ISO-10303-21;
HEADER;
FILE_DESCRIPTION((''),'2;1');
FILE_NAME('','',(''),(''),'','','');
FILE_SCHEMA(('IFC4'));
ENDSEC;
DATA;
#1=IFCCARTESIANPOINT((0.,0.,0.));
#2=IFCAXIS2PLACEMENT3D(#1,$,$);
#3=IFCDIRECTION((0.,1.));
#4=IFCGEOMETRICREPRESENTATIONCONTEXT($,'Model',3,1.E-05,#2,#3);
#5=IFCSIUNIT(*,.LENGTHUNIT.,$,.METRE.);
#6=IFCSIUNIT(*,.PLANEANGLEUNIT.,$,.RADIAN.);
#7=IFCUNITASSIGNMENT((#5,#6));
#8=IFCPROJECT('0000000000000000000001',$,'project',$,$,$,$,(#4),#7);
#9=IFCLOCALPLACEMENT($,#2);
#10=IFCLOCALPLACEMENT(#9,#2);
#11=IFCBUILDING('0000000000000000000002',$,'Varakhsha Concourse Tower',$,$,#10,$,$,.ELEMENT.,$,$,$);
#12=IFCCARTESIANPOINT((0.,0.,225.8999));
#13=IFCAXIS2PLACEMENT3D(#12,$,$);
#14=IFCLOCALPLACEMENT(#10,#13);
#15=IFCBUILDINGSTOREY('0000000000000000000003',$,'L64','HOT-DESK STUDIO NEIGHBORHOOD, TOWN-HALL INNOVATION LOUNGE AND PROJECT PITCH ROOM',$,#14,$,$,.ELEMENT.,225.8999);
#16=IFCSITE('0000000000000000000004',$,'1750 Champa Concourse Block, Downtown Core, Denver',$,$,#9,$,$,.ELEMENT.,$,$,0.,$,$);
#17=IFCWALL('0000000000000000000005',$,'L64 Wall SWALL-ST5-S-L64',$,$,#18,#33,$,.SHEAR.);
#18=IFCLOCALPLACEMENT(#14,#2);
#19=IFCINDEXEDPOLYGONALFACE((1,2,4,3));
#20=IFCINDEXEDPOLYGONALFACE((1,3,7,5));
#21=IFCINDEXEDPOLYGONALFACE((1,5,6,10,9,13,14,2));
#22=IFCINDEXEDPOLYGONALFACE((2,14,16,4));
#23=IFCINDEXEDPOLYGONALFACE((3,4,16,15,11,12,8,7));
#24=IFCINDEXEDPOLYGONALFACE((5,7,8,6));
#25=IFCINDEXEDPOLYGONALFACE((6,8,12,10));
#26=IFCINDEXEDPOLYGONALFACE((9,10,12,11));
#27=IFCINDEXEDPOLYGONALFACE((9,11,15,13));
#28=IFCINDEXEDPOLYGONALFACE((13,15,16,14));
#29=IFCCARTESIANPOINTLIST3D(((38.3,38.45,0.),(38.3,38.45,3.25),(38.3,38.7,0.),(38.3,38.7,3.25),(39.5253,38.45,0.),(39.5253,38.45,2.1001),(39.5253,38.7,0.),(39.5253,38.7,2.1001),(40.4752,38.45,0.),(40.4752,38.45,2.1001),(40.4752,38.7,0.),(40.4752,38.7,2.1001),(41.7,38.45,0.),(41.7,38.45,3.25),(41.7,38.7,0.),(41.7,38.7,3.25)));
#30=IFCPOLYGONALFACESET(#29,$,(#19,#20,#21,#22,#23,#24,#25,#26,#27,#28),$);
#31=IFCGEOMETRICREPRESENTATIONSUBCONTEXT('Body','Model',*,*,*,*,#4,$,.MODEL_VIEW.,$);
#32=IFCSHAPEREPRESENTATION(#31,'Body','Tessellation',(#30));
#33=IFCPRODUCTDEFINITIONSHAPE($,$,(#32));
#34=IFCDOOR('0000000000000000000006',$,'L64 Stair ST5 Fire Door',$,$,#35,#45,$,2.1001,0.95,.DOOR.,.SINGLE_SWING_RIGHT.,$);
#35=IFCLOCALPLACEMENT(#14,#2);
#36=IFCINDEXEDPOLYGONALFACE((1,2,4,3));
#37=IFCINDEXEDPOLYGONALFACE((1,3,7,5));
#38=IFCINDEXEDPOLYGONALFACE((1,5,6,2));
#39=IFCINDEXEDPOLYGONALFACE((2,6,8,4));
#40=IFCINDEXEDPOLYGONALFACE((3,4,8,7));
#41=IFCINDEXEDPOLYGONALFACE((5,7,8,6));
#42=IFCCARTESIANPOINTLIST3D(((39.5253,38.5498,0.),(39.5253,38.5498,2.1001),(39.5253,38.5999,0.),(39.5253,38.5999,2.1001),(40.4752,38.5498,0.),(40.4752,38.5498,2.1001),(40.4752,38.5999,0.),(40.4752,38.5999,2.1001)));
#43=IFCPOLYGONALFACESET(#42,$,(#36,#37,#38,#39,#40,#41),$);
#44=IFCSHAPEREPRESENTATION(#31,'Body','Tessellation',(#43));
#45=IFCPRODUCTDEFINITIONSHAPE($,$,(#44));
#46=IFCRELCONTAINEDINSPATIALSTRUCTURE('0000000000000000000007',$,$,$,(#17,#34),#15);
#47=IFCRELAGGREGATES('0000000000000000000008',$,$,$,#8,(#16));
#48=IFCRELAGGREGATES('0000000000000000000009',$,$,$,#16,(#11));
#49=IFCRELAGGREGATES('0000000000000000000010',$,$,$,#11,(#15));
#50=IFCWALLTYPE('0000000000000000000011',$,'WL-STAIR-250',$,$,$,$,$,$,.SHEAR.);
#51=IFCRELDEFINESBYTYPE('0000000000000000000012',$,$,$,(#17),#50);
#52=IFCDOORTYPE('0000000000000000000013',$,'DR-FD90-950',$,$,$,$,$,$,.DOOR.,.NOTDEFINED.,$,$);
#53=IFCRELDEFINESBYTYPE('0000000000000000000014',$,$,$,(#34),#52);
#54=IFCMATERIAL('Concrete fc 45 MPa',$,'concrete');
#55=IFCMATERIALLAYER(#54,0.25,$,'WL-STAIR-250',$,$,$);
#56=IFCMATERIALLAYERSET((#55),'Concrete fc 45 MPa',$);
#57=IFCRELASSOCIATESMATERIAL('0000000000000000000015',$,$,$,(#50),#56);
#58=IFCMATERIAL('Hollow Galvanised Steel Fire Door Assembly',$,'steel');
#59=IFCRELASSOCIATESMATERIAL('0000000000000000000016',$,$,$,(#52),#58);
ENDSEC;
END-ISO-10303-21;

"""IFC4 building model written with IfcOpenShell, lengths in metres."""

from ifc_helpers import new_model, si_unit, direction, frame, frame_2d, origin, place, context, subcontext, project, spatial, rectangle, extrude, material, layer, layer_set, type_object, element, fill, save


model = new_model("IFC4")

# Units and contexts
model_context = context("Model", 3, precision=1e-05, world=origin(), true_north=direction((0.0, 1.0)))
body_context = subcontext(model_context, "Body", "Model", "MODEL_VIEW")
ifc_project = project(units=[si_unit("LENGTHUNIT", "METRE"), si_unit("PLANEANGLEUNIT", "RADIAN")], contexts=[model_context])

# Site, building, storey
site_placement = place(None, origin())
site = spatial("IfcSite", under=ifc_project, at=site_placement, Name="1750 Champa Concourse Block, Downtown Core, Denver", CompositionType="ELEMENT", RefElevation=0.0)
building_placement = place(site_placement, origin())
building = spatial("IfcBuilding", under=site, at=building_placement, Name="Varakhsha Concourse Tower", CompositionType="ELEMENT")
storey_placement = place(building_placement, frame((0.0, 0.0, 225.8999)))
storey = spatial("IfcBuildingStorey", under=building, at=storey_placement, Name="L64", Description="HOT-DESK STUDIO NEIGHBORHOOD, TOWN-HALL INNOVATION LOUNGE AND PROJECT PITCH ROOM", CompositionType="ELEMENT", Elevation=225.8999)

# Shared definitions
ifc_material_1 = material(Name="Hollow Galvanised Steel Fire Door Assembly", Category="steel")

# Shared definitions
ifc_material_2 = material(Name="Concrete fc 45 MPa", Category="concrete")
ifc_layer_1 = layer(ifc_material_2, 0.25, Name="WL-STAIR-250")
ifc_layer_set_1 = layer_set([ifc_layer_1], Name="Concrete fc 45 MPa")
wall_type_1 = type_object("IfcWallType", Name="WL-STAIR-250", PredefinedType="SHEAR", material=ifc_layer_set_1)

# Wall, opening, door
wall_1_placement = place(storey_placement, frame((38.3, 38.575, 0.0), z_axis=(0.0, 0.0, 1.0), x_axis=(1.0, 0.0, 0.0)))
wall_1 = element("IfcWall", 1, at=wall_1_placement, inside=storey, type_object=wall_type_1, Name="L64 Wall SWALL-ST5-S-L64", PredefinedType="SHEAR", context=body_context, shape_type="SweptSolid", body=[
    extrude(rectangle(XDim=3.3999, YDim=0.25, at=frame_2d((1.7, 0.0))), origin(), (0.0, 0.0, 1.0), 3.25),
])
opening_1_placement = place(wall_1_placement, frame((1.2251, 0.0, 0.0)))
opening_1 = element("IfcOpeningElement", 2, at=opening_1_placement, cuts=wall_1, PredefinedType="OPENING", context=body_context, shape_type="SweptSolid", body=[
    extrude(rectangle(XDim=0.95, YDim=2.1001, at=frame_2d((0.4751, 1.05))), frame((0.0, 0.135, 0.0), z_axis=(0.0, -1.0, 0.0), x_axis=(1.0, 0.0, 0.0)), (0.0, 0.0, 1.0), 0.27),
])
door_type_1 = type_object("IfcDoorType", Name="DR-FD90-950", OperationType="NOTDEFINED", PredefinedType="DOOR", material=ifc_material_1)
door_1_placement = place(opening_1_placement, origin())
door_1 = element("IfcDoor", 3, at=door_1_placement, inside=storey, type_object=door_type_1, Name="L64 Stair ST5 Fire Door", OperationType="SINGLE_SWING_RIGHT", OverallHeight=2.1001, OverallWidth=0.95, PredefinedType="DOOR", context=body_context, shape_type="SweptSolid", body=[
    extrude(rectangle(XDim=0.95, YDim=2.1001, at=frame_2d((0.4751, 1.05))), frame((0.0, 0.0249, 0.0), z_axis=(0.0, -1.0, 0.0), x_axis=(1.0, 0.0, 0.0)), (0.0, 0.0, 1.0), 0.05),
])
fill(opening_1, door_1)

save(model, "model.ifc")
